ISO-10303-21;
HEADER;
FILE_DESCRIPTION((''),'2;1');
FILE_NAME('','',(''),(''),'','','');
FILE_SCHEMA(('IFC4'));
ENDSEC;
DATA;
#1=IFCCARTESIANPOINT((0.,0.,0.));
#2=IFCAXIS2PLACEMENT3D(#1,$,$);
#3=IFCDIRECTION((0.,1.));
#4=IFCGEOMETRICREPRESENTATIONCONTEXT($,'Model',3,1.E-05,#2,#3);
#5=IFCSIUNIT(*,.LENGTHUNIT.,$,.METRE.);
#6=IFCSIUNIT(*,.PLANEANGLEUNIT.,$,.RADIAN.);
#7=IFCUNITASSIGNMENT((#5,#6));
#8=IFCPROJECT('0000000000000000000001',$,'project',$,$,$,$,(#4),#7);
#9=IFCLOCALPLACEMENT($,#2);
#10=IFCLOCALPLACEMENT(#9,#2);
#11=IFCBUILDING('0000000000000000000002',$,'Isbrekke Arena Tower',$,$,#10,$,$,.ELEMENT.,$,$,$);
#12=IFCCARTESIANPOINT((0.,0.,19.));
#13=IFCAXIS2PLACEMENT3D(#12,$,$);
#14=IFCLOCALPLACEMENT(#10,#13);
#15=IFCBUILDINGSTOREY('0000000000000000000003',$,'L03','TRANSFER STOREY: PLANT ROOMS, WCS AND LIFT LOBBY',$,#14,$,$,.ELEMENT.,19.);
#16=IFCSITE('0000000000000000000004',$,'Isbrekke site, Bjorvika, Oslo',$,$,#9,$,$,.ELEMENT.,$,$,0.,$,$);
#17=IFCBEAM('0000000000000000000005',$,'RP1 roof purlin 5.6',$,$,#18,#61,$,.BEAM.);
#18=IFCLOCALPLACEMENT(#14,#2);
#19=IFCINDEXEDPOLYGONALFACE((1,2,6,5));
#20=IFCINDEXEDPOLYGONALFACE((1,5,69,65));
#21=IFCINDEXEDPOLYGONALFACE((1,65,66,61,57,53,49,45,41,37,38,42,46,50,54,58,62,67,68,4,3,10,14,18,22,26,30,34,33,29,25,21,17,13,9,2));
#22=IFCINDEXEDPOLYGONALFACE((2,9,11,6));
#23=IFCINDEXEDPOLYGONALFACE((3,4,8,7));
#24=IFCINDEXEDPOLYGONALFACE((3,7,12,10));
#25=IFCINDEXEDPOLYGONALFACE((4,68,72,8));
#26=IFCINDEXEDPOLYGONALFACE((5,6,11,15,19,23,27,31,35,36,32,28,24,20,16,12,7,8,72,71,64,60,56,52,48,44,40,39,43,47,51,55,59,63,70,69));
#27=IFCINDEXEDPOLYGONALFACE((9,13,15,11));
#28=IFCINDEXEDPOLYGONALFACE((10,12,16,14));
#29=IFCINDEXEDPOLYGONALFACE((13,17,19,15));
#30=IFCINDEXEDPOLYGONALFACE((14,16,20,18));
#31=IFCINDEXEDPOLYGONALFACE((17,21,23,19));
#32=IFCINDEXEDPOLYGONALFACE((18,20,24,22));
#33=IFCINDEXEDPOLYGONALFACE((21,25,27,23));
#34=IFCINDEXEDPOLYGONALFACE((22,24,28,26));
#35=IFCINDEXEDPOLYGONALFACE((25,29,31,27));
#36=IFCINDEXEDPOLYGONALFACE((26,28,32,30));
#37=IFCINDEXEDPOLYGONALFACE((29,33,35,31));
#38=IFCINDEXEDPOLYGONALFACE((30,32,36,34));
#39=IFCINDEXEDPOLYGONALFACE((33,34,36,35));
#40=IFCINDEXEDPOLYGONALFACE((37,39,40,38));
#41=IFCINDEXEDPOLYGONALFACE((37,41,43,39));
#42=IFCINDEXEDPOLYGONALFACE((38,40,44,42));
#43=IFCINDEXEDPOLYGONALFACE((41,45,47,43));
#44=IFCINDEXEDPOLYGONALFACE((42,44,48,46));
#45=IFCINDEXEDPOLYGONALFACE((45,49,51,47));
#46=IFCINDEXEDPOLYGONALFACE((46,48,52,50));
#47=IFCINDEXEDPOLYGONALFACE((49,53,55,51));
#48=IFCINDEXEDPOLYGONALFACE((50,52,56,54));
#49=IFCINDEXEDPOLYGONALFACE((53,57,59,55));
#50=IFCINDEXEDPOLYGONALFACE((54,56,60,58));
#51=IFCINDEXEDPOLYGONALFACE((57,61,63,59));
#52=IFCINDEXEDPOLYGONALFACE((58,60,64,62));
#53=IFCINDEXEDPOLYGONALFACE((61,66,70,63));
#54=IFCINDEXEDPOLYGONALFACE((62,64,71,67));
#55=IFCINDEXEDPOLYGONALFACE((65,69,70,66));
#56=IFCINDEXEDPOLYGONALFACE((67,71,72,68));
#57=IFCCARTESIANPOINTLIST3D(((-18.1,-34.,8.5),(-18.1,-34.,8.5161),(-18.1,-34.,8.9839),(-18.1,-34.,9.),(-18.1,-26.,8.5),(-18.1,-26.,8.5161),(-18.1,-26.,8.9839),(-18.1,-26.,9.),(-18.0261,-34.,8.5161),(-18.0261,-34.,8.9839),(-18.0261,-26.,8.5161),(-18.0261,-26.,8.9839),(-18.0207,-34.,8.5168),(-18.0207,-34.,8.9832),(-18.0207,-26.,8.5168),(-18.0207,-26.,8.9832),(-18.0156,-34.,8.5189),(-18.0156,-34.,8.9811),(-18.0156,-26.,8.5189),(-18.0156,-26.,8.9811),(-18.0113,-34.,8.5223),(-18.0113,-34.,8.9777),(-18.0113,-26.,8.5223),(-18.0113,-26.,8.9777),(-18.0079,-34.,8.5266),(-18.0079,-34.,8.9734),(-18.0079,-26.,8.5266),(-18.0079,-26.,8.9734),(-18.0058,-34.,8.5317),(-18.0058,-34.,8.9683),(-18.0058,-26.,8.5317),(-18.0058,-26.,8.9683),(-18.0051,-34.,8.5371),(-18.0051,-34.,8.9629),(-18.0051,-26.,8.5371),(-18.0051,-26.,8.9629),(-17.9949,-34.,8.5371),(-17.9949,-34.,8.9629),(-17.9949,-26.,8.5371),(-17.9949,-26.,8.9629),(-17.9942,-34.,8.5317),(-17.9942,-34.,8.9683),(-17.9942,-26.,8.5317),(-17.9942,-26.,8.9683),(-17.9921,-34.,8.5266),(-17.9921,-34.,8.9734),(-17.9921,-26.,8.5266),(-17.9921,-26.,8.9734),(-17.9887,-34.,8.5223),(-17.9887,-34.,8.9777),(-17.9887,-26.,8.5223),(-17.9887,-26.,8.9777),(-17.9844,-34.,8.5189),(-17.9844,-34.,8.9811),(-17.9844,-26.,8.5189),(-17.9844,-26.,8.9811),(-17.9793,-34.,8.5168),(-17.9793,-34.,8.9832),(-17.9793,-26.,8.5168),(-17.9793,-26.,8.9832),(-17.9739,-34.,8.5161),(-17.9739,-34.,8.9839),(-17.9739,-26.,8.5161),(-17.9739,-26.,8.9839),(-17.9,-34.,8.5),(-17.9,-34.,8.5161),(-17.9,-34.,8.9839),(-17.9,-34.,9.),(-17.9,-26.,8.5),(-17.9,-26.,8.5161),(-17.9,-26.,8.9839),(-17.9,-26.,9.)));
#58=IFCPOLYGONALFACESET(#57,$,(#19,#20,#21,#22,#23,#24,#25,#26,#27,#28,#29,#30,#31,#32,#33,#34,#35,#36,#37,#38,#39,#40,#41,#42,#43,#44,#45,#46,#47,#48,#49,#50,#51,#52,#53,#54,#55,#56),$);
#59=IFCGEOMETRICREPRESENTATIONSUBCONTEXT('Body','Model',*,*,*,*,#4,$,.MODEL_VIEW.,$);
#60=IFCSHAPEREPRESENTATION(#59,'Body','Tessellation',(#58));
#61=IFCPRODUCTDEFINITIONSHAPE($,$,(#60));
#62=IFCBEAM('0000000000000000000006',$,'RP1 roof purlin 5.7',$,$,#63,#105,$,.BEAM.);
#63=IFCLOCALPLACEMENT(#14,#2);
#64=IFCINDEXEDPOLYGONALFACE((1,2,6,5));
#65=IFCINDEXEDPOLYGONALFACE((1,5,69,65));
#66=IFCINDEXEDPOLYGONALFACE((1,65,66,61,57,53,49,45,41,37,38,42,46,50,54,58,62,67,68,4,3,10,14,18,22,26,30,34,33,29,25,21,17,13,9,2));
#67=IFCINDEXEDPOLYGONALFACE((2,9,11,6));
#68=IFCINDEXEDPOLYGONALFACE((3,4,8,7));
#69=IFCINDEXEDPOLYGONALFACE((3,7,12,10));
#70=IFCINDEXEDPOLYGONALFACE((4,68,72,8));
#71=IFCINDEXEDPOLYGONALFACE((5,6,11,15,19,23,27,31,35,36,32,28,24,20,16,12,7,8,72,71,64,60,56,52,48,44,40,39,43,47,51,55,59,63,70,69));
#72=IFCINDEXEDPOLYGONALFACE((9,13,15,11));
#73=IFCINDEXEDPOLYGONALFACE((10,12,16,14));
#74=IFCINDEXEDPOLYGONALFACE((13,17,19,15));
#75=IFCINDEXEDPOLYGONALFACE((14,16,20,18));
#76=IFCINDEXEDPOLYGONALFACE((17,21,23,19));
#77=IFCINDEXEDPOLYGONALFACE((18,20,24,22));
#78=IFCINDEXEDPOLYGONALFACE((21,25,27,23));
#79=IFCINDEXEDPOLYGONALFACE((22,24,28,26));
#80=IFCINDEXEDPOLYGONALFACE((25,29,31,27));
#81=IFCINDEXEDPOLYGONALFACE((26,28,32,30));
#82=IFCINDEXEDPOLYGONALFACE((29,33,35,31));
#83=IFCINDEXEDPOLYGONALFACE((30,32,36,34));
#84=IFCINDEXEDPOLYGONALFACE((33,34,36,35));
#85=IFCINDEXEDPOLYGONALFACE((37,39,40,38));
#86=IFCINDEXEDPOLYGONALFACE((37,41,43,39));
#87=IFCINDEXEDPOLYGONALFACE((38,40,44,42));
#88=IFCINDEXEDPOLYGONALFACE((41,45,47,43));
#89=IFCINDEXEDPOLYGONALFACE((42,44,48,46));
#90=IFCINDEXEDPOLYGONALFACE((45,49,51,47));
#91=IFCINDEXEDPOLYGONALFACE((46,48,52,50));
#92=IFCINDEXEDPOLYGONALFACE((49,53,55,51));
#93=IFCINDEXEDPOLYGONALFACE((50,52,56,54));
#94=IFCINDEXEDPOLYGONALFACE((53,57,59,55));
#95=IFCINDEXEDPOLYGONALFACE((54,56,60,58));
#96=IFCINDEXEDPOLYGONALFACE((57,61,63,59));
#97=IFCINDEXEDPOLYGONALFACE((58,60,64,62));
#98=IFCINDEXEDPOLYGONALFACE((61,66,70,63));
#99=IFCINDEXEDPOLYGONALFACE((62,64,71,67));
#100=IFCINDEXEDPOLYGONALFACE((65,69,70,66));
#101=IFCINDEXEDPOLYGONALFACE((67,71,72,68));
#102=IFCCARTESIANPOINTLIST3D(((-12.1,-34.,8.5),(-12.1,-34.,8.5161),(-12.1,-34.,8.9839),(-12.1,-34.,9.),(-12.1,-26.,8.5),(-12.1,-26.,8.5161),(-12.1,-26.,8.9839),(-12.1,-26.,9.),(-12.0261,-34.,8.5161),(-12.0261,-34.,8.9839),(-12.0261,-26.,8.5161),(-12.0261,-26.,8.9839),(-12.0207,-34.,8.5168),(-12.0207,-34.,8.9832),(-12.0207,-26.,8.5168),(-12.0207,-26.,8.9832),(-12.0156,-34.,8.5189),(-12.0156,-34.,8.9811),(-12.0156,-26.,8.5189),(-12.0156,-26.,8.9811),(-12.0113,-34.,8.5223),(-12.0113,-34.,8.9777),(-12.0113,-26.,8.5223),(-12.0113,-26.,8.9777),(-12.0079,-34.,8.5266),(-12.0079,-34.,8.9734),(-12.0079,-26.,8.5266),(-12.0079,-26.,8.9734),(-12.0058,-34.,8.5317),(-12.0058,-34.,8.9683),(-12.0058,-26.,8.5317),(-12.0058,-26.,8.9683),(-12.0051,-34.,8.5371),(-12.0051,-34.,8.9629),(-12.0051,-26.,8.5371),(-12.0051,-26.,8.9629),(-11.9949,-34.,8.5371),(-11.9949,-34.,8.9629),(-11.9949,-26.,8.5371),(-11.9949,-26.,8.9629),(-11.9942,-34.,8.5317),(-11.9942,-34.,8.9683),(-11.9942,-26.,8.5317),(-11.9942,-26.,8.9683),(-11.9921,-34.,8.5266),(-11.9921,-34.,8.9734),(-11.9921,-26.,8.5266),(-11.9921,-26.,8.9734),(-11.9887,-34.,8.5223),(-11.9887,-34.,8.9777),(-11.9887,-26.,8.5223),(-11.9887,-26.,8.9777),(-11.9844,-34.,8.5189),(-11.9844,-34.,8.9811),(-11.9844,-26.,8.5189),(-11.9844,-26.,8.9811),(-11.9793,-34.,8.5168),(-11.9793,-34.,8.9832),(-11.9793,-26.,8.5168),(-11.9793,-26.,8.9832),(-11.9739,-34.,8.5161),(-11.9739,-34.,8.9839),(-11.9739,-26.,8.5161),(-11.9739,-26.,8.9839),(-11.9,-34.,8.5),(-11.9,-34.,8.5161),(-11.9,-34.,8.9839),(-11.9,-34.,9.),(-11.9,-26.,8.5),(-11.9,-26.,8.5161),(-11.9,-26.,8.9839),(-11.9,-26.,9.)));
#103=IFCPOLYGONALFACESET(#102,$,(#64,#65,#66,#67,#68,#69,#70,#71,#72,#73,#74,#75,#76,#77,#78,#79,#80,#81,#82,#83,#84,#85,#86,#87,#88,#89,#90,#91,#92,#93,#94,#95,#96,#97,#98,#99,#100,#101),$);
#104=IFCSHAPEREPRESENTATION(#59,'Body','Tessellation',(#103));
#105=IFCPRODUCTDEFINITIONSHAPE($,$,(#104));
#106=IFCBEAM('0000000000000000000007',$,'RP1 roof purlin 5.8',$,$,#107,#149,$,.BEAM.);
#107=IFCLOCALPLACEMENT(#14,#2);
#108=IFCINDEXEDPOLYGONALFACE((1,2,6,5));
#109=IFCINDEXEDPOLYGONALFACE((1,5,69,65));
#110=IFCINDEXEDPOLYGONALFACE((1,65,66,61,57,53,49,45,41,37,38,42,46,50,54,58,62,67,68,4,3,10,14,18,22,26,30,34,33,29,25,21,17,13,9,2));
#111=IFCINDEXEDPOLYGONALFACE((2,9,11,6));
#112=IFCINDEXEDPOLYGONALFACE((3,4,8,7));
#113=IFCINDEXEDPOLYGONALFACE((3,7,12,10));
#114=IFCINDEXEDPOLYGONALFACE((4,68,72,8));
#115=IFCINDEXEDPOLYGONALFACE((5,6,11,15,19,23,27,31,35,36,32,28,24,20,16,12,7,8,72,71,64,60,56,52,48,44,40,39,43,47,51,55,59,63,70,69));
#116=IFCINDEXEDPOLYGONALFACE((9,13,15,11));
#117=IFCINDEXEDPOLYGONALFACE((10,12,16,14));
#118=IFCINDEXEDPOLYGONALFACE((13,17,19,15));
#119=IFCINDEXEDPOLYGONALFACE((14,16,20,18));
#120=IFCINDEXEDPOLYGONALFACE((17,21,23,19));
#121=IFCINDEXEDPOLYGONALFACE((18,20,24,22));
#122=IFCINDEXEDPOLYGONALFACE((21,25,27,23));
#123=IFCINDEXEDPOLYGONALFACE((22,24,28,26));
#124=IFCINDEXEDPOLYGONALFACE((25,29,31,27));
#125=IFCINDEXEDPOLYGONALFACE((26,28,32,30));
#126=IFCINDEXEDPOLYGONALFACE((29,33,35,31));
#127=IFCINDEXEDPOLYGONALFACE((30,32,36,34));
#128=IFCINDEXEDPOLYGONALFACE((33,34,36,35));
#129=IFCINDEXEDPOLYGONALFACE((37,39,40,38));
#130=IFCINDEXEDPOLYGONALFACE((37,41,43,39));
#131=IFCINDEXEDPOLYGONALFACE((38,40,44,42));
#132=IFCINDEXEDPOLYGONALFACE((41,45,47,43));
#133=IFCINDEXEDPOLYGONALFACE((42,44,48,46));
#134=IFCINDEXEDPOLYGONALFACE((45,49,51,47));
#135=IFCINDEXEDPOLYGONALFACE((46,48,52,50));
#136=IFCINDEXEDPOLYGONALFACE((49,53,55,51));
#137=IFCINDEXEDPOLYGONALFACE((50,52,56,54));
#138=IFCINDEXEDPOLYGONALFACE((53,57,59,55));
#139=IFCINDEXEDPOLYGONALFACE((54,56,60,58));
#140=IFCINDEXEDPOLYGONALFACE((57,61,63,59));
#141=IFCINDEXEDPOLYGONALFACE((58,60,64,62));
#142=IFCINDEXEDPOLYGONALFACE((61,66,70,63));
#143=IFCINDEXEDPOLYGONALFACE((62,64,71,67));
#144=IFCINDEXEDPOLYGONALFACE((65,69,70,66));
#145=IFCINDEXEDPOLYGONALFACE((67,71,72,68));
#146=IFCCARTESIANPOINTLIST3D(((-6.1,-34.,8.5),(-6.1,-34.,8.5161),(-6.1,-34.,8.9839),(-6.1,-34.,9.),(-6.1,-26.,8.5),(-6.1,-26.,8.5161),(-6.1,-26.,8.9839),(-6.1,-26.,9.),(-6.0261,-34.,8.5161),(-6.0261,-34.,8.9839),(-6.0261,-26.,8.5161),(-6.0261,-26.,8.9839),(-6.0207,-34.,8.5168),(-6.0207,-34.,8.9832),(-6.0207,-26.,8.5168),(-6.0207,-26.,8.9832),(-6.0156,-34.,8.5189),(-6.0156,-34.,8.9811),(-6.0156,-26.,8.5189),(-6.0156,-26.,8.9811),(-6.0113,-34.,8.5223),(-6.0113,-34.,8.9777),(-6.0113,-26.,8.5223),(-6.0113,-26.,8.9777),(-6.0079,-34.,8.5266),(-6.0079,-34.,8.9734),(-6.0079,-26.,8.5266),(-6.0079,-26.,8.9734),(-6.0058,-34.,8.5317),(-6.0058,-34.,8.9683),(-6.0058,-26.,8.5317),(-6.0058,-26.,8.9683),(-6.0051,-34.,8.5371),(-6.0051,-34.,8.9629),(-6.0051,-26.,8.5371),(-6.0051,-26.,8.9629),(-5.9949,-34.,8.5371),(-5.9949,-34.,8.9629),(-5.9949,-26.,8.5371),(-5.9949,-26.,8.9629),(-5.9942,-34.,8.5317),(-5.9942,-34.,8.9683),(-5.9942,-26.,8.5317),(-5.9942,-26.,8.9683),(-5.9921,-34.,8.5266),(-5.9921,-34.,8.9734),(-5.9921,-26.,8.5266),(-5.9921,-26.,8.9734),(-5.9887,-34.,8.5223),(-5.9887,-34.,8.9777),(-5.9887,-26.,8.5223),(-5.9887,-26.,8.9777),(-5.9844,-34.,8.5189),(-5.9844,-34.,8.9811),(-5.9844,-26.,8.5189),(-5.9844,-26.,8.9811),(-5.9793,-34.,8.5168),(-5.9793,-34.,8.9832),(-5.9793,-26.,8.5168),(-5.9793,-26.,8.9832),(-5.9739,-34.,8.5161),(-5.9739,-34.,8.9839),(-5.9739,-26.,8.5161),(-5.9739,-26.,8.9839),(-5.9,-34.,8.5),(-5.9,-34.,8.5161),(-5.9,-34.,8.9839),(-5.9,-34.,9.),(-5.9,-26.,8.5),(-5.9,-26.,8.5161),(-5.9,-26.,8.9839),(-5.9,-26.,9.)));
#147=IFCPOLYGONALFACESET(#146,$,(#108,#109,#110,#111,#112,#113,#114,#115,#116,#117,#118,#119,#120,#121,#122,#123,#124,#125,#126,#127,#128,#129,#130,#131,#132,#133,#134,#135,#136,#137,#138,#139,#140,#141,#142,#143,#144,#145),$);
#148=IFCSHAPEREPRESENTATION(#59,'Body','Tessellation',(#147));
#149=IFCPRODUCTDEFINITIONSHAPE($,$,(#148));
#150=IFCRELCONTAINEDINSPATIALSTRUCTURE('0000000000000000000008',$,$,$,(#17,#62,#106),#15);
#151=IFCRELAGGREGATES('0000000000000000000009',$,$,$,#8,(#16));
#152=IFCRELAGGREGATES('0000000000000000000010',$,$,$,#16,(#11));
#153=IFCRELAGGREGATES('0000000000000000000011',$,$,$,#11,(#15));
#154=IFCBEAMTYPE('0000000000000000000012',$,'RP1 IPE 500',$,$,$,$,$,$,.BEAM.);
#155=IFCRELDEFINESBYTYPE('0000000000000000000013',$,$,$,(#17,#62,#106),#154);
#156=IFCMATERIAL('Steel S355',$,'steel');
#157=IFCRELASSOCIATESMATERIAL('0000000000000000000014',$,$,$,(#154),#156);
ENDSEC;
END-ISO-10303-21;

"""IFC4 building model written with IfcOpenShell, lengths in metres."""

from ifc_helpers import new_model, si_unit, direction, frame, origin, origin_2d, place, context, subcontext, project, spatial, i_section, extrude, material, material_profile, profile_set, type_object, element, save


model = new_model("IFC4")

# Units and contexts
model_context = context("Model", 3, precision=1e-05, world=origin(), true_north=direction((0.0, 1.0)))
body_context = subcontext(model_context, "Body", "Model", "MODEL_VIEW")
ifc_project = project(units=[si_unit("LENGTHUNIT", "METRE"), si_unit("PLANEANGLEUNIT", "RADIAN")], contexts=[model_context])

# Site, building, storey
site_placement = place(None, origin())
site = spatial("IfcSite", under=ifc_project, at=site_placement, Name="Isbrekke site, Bjorvika, Oslo", CompositionType="ELEMENT", RefElevation=0.0)
building_placement = place(site_placement, origin())
building = spatial("IfcBuilding", under=site, at=building_placement, Name="Isbrekke Arena Tower", CompositionType="ELEMENT")
storey_placement = place(building_placement, frame((0.0, 0.0, 19.0)))
storey = spatial("IfcBuildingStorey", under=building, at=storey_placement, Name="L03", Description="TRANSFER STOREY: PLANT ROOMS, WCS AND LIFT LOBBY", CompositionType="ELEMENT", Elevation=19.0)

# Beams
ifc_material_1 = material(Name="Steel S355", Category="steel")
ifc_material_profile_1 = material_profile(ifc_material_1, i_section(OverallWidth=0.2, OverallDepth=0.5, WebThickness=0.0103, FlangeThickness=0.0161, FilletRadius=0.021, at=origin_2d()), Name="IPE 500")
ifc_profile_set_1 = profile_set([ifc_material_profile_1], Name="Steel S355")
beam_type = type_object("IfcBeamType", Name="RP1 IPE 500", PredefinedType="BEAM", material=ifc_profile_set_1)
for number, where, z_axis, x_axis, name in (
    (1, (-18.0, -34.0, 8.75), (0.0, 1.0, 0.0), (-1.0, 0.0, 0.0), "RP1 roof purlin 5.6"),
    (2, (-12.0, -34.0, 8.75), (0.0, 1.0, 0.0), (-1.0, 0.0, 0.0), "RP1 roof purlin 5.7"),
    (3, (-6.0, -34.0, 8.75), (0.0, 1.0, 0.0), (-1.0, 0.0, 0.0), "RP1 roof purlin 5.8"),
):
    element("IfcBeam", number, at=place(storey_placement, frame(where, z_axis=z_axis, x_axis=x_axis)), inside=storey, type_object=beam_type, Name=name, PredefinedType="BEAM", context=body_context, shape_type="SweptSolid", body=[
        extrude(i_section(OverallWidth=0.2, OverallDepth=0.5, WebThickness=0.0103, FlangeThickness=0.0161, FilletRadius=0.021, at=origin_2d()), origin(), (0.0, 0.0, 1.0), 8.0),
    ])

save(model, "model.ifc")
